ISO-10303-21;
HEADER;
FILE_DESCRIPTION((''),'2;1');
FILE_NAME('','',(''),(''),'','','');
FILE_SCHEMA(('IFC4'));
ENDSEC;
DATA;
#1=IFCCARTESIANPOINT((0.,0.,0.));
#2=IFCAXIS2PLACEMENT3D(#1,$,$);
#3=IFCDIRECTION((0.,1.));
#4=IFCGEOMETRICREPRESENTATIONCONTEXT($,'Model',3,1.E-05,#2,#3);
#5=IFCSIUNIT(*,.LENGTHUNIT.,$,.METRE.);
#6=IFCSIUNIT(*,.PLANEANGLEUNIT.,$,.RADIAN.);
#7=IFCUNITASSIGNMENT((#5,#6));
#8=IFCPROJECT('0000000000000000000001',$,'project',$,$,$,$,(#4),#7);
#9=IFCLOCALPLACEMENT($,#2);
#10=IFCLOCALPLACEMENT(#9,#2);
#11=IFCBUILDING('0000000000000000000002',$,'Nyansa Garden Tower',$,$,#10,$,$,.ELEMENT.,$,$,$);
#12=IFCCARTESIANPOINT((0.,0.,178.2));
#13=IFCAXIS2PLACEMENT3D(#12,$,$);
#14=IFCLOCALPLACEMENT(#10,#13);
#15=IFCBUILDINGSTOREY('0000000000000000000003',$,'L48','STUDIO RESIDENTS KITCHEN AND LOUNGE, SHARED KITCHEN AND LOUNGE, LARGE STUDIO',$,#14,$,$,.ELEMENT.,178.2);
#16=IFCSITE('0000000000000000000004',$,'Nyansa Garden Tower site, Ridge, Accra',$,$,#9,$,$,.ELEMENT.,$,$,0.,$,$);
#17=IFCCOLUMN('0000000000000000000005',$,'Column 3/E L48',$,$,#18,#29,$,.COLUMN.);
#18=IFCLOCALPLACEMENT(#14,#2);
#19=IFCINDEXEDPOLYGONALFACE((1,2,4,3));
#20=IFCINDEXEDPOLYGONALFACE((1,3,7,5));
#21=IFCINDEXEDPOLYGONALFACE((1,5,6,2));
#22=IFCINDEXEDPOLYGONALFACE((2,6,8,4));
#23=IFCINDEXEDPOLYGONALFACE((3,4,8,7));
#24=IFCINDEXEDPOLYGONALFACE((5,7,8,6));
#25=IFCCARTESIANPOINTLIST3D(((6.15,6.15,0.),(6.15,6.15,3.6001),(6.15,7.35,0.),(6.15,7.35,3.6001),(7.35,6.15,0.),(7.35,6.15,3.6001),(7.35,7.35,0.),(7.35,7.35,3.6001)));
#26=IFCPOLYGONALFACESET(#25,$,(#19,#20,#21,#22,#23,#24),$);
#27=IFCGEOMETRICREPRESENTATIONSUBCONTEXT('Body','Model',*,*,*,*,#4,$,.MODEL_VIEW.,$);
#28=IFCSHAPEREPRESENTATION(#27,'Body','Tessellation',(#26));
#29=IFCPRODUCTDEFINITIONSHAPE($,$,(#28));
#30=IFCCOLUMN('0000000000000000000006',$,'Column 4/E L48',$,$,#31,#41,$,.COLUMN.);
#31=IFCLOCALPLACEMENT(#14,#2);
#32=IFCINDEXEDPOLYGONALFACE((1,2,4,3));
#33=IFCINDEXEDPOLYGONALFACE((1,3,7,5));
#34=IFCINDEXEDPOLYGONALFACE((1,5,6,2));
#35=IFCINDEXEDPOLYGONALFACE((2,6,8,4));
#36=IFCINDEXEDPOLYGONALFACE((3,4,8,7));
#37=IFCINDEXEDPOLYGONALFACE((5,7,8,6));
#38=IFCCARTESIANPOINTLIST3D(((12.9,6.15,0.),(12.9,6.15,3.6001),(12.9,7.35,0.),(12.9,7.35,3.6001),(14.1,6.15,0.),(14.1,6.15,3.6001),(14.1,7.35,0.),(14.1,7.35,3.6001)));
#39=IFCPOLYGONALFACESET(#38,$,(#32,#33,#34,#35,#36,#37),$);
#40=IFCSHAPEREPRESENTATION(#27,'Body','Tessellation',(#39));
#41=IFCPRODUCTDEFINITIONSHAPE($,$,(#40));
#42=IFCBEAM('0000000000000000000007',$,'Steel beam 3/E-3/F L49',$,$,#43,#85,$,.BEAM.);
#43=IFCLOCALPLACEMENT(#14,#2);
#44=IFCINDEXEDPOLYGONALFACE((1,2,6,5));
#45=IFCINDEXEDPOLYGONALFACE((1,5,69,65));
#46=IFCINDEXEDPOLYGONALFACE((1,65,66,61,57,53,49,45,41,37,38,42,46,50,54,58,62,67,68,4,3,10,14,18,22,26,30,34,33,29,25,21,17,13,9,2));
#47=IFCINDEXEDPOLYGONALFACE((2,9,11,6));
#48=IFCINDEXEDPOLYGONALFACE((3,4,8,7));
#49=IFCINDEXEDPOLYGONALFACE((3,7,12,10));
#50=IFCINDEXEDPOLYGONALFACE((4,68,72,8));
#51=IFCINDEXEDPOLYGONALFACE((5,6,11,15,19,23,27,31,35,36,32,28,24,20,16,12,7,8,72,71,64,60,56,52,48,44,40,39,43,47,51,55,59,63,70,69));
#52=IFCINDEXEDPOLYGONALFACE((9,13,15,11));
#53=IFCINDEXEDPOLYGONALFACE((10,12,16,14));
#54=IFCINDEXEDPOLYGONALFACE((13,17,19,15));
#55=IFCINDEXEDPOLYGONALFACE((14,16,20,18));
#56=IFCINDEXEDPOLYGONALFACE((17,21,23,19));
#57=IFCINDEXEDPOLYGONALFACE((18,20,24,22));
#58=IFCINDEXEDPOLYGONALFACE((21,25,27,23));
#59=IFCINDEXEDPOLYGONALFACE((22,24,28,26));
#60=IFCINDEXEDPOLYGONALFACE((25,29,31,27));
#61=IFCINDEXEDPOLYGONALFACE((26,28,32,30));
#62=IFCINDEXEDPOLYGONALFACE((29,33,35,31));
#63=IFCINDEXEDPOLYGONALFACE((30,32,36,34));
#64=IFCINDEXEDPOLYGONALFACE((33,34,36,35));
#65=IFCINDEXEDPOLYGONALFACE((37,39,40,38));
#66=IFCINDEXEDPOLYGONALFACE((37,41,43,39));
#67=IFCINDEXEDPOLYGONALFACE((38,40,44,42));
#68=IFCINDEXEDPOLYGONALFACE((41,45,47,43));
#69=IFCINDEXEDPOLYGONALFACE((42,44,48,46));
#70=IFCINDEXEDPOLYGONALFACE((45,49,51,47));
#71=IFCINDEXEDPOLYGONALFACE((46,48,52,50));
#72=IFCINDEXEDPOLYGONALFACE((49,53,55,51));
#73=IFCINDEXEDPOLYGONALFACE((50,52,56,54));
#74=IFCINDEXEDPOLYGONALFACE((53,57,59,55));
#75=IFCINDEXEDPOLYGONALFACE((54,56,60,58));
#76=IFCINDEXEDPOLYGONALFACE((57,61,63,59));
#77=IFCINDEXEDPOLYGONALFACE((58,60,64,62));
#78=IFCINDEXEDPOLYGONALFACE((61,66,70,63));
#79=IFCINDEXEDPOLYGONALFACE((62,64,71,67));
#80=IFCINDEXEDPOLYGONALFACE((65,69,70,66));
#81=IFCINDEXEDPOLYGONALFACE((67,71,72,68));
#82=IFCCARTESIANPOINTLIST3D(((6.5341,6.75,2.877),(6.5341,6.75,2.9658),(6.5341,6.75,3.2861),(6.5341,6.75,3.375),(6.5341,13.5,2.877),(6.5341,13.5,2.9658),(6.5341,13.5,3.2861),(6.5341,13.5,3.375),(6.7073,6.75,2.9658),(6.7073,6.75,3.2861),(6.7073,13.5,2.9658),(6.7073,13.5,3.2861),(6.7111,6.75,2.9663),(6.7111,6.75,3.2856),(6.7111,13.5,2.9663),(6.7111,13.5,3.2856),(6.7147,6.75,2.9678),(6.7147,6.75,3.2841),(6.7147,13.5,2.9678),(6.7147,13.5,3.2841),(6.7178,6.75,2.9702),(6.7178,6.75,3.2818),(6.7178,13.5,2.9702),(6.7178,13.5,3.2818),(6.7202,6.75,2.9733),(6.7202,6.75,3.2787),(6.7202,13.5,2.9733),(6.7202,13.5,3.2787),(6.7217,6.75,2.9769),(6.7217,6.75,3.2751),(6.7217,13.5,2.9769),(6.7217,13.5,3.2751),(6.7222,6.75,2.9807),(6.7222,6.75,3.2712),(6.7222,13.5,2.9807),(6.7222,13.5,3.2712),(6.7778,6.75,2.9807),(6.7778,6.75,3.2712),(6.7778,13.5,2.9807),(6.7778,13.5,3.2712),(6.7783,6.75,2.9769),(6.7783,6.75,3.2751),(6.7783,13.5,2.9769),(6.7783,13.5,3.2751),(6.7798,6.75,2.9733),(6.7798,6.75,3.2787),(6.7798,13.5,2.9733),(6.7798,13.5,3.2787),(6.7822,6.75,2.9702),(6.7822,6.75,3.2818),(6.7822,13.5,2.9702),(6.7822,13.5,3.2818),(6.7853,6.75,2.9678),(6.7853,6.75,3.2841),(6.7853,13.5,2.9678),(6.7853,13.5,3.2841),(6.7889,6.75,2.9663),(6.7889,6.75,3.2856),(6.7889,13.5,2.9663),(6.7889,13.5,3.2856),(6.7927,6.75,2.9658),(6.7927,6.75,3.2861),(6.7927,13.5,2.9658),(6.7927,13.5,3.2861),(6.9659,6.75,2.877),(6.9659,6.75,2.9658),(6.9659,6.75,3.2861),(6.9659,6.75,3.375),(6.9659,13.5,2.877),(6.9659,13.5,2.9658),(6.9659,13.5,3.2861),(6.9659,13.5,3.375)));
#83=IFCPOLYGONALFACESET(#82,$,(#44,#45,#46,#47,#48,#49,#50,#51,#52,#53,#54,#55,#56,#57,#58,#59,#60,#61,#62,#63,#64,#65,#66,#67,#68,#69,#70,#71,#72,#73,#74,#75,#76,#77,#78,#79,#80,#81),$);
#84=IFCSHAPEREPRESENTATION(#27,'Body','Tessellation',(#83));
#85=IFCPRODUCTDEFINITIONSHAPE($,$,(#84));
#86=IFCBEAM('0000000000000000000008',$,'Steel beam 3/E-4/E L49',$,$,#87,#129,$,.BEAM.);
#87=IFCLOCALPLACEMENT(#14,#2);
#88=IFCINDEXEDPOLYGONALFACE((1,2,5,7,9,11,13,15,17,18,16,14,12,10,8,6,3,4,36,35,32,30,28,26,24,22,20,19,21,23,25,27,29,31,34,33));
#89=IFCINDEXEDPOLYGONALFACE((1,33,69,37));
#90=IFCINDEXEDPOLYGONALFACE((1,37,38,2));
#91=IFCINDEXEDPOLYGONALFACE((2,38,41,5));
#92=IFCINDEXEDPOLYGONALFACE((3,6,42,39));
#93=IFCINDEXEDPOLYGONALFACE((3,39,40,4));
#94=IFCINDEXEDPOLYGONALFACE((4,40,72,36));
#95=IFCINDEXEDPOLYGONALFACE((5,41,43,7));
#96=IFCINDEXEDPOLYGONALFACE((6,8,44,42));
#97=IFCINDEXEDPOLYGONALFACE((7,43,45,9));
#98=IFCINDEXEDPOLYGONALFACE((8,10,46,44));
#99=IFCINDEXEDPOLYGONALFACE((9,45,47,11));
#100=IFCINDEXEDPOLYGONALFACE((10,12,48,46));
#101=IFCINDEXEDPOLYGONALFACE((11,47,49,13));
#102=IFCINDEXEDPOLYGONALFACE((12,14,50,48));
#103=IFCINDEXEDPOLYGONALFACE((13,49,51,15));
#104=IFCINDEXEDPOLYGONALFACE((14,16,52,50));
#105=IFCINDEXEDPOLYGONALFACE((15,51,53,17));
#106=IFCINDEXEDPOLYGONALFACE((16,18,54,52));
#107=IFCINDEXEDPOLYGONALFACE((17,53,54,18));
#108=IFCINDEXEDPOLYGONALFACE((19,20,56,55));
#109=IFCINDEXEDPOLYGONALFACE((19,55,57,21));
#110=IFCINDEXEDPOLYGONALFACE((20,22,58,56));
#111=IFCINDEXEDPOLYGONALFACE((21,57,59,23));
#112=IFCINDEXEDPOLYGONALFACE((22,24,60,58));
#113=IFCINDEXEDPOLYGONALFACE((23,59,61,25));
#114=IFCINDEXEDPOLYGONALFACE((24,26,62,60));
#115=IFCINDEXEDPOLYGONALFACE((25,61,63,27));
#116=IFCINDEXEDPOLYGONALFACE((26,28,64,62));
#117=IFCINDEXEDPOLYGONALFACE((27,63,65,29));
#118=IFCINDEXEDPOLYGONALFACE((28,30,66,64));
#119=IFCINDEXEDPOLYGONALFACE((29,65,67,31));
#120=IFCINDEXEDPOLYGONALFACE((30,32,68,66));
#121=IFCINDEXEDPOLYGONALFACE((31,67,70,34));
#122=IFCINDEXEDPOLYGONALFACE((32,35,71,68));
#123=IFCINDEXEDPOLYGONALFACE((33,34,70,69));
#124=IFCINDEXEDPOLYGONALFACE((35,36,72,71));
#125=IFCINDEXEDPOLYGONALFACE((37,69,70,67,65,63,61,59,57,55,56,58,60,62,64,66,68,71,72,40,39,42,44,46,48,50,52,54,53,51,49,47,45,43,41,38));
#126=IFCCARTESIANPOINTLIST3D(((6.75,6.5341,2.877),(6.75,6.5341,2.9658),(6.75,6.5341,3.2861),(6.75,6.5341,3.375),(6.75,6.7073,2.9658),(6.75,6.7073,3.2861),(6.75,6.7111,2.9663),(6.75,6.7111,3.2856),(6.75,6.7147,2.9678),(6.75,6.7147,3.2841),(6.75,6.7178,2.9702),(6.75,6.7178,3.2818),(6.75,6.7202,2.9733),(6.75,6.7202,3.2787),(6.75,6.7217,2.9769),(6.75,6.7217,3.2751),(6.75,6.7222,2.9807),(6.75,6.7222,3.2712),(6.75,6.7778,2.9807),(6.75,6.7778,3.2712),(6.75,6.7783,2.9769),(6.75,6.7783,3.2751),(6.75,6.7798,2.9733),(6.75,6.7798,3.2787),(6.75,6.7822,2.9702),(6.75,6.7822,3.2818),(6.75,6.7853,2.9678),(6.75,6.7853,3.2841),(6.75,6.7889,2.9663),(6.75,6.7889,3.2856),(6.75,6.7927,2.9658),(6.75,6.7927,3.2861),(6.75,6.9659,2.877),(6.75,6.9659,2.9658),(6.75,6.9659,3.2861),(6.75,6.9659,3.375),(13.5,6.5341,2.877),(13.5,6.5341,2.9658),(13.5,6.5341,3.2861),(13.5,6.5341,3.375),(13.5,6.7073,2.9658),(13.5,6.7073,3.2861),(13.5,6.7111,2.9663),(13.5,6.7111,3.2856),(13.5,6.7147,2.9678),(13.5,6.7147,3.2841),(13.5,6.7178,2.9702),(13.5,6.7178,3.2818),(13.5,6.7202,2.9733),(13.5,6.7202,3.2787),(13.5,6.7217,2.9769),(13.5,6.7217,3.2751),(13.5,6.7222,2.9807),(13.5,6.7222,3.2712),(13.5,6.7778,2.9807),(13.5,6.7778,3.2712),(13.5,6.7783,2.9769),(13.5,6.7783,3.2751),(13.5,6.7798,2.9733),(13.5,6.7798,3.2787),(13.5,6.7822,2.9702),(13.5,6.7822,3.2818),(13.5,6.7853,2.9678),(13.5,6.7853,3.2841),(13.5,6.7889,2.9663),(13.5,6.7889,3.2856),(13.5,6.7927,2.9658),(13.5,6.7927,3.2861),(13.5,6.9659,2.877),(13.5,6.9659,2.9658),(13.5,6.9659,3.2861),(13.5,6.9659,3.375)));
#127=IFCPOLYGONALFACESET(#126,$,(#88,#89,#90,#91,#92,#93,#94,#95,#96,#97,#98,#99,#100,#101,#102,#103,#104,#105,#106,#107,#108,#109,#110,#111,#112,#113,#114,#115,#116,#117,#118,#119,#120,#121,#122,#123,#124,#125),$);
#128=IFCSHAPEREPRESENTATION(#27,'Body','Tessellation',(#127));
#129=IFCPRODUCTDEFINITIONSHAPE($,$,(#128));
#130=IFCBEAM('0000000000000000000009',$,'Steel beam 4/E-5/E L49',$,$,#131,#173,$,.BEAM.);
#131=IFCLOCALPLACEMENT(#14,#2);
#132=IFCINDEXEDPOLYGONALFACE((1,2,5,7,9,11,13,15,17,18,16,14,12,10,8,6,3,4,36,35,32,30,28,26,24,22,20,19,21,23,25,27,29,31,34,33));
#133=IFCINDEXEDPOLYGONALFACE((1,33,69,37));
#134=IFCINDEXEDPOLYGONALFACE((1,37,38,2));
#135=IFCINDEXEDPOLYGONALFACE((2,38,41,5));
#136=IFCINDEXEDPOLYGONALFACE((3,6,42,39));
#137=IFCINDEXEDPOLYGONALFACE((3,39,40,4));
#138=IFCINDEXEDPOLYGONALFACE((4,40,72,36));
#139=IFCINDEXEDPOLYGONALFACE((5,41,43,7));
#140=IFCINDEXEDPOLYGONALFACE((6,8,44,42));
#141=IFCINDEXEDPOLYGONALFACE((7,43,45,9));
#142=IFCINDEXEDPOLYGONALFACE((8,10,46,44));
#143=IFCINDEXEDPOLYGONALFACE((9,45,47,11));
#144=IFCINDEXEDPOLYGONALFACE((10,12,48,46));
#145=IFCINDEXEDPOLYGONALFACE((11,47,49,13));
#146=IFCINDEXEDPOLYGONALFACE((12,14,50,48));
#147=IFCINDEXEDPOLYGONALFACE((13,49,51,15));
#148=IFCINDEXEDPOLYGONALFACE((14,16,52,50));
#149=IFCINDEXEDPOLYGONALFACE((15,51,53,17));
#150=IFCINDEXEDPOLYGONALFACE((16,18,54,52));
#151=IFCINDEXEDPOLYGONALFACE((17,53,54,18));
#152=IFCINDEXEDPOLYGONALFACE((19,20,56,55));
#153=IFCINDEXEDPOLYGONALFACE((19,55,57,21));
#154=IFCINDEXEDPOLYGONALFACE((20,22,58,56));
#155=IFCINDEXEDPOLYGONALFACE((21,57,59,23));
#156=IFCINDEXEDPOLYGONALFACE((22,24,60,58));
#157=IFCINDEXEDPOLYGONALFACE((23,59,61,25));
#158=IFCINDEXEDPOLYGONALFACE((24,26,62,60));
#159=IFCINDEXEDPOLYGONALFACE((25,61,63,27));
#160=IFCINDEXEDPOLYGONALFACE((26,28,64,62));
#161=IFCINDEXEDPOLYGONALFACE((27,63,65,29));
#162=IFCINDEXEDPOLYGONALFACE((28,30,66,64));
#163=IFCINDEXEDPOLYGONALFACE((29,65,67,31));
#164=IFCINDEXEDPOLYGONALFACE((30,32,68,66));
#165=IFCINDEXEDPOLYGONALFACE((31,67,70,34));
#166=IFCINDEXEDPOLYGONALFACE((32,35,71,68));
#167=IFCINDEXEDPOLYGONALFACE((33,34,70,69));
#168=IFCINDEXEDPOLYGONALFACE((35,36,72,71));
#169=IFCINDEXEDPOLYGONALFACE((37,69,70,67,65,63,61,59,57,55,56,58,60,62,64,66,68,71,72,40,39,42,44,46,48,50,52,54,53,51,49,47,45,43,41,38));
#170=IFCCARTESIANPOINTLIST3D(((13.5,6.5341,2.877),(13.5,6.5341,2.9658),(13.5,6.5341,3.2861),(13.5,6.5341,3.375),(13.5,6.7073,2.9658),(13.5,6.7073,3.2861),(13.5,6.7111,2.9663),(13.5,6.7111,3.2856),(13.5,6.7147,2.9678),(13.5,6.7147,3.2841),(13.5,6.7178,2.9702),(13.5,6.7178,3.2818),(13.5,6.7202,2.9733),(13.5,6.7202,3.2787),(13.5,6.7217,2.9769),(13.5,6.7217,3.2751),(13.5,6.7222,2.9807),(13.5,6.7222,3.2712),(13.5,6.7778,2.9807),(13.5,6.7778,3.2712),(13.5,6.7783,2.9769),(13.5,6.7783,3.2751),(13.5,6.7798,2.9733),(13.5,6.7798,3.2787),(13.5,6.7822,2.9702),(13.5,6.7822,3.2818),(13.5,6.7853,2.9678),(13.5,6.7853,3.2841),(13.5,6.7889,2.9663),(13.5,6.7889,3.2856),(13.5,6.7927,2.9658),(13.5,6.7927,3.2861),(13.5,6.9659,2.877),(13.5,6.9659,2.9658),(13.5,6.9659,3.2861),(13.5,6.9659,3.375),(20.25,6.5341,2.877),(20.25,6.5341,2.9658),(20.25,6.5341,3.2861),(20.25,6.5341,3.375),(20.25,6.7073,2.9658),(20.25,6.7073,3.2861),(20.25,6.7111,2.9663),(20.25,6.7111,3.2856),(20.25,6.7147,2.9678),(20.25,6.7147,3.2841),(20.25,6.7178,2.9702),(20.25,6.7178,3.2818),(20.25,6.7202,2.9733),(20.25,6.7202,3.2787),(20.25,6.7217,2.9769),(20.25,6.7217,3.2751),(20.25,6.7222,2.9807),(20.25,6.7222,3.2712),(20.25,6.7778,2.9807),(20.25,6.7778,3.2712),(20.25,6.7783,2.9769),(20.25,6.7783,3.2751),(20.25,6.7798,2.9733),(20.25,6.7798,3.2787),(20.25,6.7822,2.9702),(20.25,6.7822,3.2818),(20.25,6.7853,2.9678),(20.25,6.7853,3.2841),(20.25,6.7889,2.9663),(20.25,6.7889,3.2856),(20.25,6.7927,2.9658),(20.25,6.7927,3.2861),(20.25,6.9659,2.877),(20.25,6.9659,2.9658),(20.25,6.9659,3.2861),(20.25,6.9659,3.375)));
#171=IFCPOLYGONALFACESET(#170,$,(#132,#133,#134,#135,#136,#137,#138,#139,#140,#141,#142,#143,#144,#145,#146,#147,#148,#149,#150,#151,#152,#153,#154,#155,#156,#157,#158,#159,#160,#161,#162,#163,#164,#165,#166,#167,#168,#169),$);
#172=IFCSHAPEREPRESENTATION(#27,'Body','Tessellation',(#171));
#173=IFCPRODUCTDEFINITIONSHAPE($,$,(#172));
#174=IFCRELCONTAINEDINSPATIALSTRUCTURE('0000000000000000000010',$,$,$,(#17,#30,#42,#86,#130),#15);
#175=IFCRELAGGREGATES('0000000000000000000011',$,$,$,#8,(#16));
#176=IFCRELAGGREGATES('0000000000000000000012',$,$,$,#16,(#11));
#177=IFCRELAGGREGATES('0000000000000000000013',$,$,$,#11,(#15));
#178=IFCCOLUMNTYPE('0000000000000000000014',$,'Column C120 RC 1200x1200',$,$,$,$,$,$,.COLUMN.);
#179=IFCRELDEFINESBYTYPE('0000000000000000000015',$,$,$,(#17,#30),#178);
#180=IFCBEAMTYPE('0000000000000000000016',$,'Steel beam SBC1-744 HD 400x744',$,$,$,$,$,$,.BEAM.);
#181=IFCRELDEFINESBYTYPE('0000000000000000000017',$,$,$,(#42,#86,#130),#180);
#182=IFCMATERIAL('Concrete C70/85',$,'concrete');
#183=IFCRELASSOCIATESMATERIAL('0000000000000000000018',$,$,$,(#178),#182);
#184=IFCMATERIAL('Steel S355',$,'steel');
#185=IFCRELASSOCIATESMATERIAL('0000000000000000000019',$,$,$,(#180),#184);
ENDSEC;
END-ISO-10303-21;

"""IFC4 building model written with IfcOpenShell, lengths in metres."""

from ifc_helpers import new_model, si_unit, direction, frame, origin, origin_2d, place, context, subcontext, project, spatial, rectangle, i_section, extrude, material, material_profile, profile_set, type_object, element, save


model = new_model("IFC4")

# Units and contexts
model_context = context("Model", 3, precision=1e-05, world=origin(), true_north=direction((0.0, 1.0)))
body_context = subcontext(model_context, "Body", "Model", "MODEL_VIEW")
ifc_project = project(units=[si_unit("LENGTHUNIT", "METRE"), si_unit("PLANEANGLEUNIT", "RADIAN")], contexts=[model_context])

# Site, building, storey
site_placement = place(None, origin())
site = spatial("IfcSite", under=ifc_project, at=site_placement, Name="Nyansa Garden Tower site, Ridge, Accra", CompositionType="ELEMENT", RefElevation=0.0)
building_placement = place(site_placement, origin())
building = spatial("IfcBuilding", under=site, at=building_placement, Name="Nyansa Garden Tower", CompositionType="ELEMENT")
storey_placement = place(building_placement, frame((0.0, 0.0, 178.2)))
storey = spatial("IfcBuildingStorey", under=building, at=storey_placement, Name="L48", Description="STUDIO RESIDENTS KITCHEN AND LOUNGE, SHARED KITCHEN AND LOUNGE, LARGE STUDIO", CompositionType="ELEMENT", Elevation=178.2)

# Columns
ifc_material_1 = material(Name="Concrete C70/85", Category="concrete")
ifc_material_profile_1 = material_profile(ifc_material_1, rectangle(XDim=1.2, YDim=1.2, at=origin_2d()), Name="RC 1200x1200")
ifc_profile_set_1 = profile_set([ifc_material_profile_1], Name="Concrete C70/85")
column_type = type_object("IfcColumnType", Name="Column C120 RC 1200x1200", PredefinedType="COLUMN", material=ifc_profile_set_1)
for number, where, z_axis, x_axis, name in (
    (1, (6.75, 6.75, 0.0), (0.0, 0.0, 1.0), (1.0, 0.0, 0.0), "Column 3/E L48"),
    (2, (13.5, 6.75, 0.0), (0.0, 0.0, 1.0), (1.0, 0.0, 0.0), "Column 4/E L48"),
):
    element("IfcColumn", number, at=place(storey_placement, frame(where, z_axis=z_axis, x_axis=x_axis)), inside=storey, type_object=column_type, Name=name, PredefinedType="COLUMN", context=body_context, shape_type="SweptSolid", body=[
        extrude(rectangle(XDim=1.2, YDim=1.2, at=origin_2d()), origin(), (0.0, 0.0, 1.0), 3.6001),
    ])

# Beams
ifc_material_2 = material(Name="Steel S355", Category="steel")
ifc_material_profile_2 = material_profile(ifc_material_2, i_section(OverallWidth=0.4319, OverallDepth=0.498, WebThickness=0.0557, FlangeThickness=0.0889, FilletRadius=0.0149, at=origin_2d()), Name="HD 400x744")
ifc_profile_set_2 = profile_set([ifc_material_profile_2], Name="Steel S355")
beam_type_1 = type_object("IfcBeamType", Name="Steel beam SBC1-744 HD 400x744", PredefinedType="BEAM", material=ifc_profile_set_2)
for number, where, z_axis, x_axis, name in (
    (3, (6.75, 6.75, 3.126), (0.0, 1.0, 0.0), (-1.0, 0.0, 0.0), "Steel beam 3/E-3/F L49"),
    (4, (6.75, 6.75, 3.126), (1.0, 0.0, 0.0), (0.0, 1.0, 0.0), "Steel beam 3/E-4/E L49"),
    (5, (13.5, 6.75, 3.126), (1.0, 0.0, 0.0), (0.0, 1.0, 0.0), "Steel beam 4/E-5/E L49"),
):
    element("IfcBeam", number, at=place(storey_placement, frame(where, z_axis=z_axis, x_axis=x_axis)), inside=storey, type_object=beam_type_1, Name=name, PredefinedType="BEAM", context=body_context, shape_type="SweptSolid", body=[
        extrude(i_section(OverallWidth=0.4319, OverallDepth=0.498, WebThickness=0.0557, FlangeThickness=0.0889, FilletRadius=0.0149, at=origin_2d()), origin(), (0.0, 0.0, 1.0), 6.75),
    ])

save(model, "model.ifc")
